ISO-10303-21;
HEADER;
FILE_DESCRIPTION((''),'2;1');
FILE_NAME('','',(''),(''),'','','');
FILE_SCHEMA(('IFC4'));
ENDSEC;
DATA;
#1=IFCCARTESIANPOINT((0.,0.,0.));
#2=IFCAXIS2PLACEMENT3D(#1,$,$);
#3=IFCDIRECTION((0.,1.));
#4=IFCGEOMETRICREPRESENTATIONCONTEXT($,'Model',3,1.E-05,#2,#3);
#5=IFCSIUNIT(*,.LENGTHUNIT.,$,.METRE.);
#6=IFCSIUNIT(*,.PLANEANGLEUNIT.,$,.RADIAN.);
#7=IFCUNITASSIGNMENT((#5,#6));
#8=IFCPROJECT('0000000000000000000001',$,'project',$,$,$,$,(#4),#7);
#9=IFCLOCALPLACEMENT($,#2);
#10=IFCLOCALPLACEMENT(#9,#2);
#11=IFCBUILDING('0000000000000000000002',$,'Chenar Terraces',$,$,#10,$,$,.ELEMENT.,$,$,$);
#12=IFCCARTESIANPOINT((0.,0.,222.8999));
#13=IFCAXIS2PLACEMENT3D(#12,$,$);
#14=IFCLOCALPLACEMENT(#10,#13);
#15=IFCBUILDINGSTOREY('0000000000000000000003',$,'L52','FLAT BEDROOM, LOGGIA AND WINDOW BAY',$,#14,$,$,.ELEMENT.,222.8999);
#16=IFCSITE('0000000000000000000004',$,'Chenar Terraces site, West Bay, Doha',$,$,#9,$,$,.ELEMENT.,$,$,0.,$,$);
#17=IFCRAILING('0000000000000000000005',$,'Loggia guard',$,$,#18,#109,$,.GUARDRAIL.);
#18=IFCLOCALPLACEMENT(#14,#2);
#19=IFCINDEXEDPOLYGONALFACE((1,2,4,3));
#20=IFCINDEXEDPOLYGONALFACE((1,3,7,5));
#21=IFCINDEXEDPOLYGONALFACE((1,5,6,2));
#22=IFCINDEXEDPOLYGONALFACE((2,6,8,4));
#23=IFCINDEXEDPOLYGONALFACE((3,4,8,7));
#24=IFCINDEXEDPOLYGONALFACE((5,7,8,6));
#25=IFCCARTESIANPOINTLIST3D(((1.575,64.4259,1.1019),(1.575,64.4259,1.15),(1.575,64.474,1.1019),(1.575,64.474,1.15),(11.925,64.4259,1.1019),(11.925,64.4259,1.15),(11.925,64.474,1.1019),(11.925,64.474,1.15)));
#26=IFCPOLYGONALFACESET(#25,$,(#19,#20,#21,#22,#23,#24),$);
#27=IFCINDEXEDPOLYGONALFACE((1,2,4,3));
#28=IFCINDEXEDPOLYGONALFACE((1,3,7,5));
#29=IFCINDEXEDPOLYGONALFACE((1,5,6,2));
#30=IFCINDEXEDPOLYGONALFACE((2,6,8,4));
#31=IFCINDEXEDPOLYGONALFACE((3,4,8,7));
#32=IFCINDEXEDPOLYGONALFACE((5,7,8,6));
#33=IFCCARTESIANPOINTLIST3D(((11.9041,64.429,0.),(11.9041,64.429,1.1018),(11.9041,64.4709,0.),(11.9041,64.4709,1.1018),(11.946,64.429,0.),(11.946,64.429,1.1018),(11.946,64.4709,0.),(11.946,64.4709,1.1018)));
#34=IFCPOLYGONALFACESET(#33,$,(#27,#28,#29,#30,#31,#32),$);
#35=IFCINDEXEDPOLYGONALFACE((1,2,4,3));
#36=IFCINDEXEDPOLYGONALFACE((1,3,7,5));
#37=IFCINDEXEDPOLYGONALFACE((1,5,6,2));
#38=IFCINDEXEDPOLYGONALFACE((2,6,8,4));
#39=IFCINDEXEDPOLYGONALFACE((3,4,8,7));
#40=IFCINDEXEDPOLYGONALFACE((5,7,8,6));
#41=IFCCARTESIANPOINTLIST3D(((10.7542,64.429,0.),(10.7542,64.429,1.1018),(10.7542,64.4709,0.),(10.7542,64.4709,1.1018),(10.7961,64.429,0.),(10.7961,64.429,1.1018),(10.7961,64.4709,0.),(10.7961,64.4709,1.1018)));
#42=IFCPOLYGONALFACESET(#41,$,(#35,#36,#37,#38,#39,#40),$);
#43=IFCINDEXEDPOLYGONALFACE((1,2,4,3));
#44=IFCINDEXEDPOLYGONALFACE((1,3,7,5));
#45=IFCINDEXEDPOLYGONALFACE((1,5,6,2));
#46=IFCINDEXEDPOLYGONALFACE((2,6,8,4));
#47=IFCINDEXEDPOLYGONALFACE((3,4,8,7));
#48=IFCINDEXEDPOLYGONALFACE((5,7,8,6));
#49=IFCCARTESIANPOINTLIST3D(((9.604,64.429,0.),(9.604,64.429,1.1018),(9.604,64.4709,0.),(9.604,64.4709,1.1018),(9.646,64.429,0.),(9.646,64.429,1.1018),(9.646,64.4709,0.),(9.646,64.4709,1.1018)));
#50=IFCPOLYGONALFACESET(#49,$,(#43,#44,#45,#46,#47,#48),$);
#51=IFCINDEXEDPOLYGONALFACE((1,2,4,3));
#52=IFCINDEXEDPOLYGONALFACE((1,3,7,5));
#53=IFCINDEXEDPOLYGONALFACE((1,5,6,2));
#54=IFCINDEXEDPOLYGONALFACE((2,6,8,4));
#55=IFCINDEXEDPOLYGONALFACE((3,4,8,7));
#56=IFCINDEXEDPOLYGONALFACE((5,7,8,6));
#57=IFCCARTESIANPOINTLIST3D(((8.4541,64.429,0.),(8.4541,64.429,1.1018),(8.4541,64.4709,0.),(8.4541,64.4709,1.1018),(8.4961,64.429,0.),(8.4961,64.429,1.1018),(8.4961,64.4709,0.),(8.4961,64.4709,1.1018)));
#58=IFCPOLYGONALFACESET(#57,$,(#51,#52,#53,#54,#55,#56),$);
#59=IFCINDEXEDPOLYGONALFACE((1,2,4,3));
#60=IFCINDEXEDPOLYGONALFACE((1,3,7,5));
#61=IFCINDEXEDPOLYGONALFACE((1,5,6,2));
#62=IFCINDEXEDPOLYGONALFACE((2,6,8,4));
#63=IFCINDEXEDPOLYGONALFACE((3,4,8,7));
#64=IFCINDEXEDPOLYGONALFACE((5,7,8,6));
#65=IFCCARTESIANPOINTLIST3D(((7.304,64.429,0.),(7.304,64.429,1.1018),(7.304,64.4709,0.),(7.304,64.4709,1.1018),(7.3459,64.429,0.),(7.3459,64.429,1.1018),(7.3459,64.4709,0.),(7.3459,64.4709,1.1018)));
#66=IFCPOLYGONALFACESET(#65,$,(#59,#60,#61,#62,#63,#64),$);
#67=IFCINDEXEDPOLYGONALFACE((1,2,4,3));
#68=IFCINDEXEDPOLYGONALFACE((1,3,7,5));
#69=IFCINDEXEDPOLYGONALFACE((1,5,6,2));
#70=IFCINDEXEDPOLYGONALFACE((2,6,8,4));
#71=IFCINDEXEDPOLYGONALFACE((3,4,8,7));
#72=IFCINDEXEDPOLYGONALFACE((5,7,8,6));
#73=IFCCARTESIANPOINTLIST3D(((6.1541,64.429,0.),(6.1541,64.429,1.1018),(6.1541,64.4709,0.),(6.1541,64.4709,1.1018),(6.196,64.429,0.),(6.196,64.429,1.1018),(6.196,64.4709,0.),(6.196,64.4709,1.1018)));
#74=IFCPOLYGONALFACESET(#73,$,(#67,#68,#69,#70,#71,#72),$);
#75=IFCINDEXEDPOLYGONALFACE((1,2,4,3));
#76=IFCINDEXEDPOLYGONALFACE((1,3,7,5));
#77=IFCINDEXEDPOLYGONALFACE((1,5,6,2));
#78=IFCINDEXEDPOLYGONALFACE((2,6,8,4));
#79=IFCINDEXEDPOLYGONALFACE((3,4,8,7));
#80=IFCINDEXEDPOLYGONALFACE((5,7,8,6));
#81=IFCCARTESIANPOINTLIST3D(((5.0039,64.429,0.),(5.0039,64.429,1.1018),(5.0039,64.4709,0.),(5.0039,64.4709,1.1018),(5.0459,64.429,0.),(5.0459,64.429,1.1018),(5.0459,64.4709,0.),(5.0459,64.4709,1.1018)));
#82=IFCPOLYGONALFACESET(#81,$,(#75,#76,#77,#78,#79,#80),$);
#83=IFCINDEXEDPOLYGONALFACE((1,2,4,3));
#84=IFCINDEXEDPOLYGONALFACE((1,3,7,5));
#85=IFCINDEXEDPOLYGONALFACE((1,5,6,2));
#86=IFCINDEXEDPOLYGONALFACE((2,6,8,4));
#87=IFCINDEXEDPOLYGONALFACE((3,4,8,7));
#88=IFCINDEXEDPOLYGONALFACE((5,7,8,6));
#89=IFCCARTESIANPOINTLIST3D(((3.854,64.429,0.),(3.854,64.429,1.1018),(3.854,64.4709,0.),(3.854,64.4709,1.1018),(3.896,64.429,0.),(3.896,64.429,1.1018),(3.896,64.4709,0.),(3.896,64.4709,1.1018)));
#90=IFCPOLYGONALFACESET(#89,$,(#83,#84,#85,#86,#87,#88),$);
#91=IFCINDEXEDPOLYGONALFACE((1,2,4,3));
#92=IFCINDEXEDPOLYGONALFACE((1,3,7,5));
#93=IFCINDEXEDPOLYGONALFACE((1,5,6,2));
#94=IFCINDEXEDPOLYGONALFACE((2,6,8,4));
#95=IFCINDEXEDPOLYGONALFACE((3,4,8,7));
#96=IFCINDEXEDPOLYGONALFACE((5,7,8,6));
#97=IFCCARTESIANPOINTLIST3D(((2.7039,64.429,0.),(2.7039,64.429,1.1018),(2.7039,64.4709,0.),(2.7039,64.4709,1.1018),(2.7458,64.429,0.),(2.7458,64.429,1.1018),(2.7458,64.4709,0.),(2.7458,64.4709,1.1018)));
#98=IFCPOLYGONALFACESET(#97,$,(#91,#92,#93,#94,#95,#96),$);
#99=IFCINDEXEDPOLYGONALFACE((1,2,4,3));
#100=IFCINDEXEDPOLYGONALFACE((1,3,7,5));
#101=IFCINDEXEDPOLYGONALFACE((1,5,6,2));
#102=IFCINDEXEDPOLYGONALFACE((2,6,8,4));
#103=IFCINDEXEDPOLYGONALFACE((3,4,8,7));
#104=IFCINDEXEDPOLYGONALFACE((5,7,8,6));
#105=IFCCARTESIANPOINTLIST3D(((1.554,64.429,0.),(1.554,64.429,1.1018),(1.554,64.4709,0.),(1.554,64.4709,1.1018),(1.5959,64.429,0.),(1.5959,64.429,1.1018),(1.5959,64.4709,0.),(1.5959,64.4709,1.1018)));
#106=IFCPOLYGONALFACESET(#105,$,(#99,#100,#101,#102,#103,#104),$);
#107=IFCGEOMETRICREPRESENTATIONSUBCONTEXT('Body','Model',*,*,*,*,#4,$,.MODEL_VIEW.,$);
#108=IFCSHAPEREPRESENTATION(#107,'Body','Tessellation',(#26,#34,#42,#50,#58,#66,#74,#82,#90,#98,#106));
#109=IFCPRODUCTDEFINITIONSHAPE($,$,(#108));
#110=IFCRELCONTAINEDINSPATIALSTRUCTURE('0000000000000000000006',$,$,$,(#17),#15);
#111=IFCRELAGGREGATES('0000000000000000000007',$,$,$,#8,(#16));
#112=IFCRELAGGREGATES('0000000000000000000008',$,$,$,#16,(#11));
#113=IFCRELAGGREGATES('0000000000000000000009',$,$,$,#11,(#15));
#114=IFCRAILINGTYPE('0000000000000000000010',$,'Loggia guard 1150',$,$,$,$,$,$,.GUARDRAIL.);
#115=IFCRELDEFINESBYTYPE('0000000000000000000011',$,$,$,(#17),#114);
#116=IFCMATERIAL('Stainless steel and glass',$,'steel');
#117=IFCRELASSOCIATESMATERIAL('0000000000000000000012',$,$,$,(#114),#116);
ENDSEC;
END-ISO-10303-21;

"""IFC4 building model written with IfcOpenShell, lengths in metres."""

from ifc_helpers import new_model, si_unit, direction, frame, origin, origin_2d, place, context, subcontext, project, spatial, rectangle, extrude, material, type_object, element, save


model = new_model("IFC4")

# Units and contexts
model_context = context("Model", 3, precision=1e-05, world=origin(), true_north=direction((0.0, 1.0)))
body_context = subcontext(model_context, "Body", "Model", "MODEL_VIEW")
ifc_project = project(units=[si_unit("LENGTHUNIT", "METRE"), si_unit("PLANEANGLEUNIT", "RADIAN")], contexts=[model_context])

# Site, building, storey
site_placement = place(None, origin())
site = spatial("IfcSite", under=ifc_project, at=site_placement, Name="Chenar Terraces site, West Bay, Doha", CompositionType="ELEMENT", RefElevation=0.0)
building_placement = place(site_placement, origin())
building = spatial("IfcBuilding", under=site, at=building_placement, Name="Chenar Terraces", CompositionType="ELEMENT")
storey_placement = place(building_placement, frame((0.0, 0.0, 222.8999)))
storey = spatial("IfcBuildingStorey", under=building, at=storey_placement, Name="L52", Description="FLAT BEDROOM, LOGGIA AND WINDOW BAY", CompositionType="ELEMENT", Elevation=222.8999)

# Railing
ifc_material_1 = material(Name="Stainless steel and glass", Category="steel")
railing_type_1 = type_object("IfcRailingType", Name="Loggia guard 1150", PredefinedType="GUARDRAIL", material=ifc_material_1)
railing_1_placement = place(storey_placement, frame((11.925, 64.45, 0.0)))
element("IfcRailing", 1, at=railing_1_placement, inside=storey, type_object=railing_type_1, Name="Loggia guard", PredefinedType="GUARDRAIL", context=body_context, shape_type="SweptSolid", body=[
    extrude(rectangle(XDim=0.0481, YDim=0.0481, at=origin_2d()), frame((0.0, 0.0, 1.126), z_axis=(-1.0, 0.0, 0.0), x_axis=(0.0, -1.0, 0.0)), (0.0, 0.0, 1.0), 10.3501),
    extrude(rectangle(XDim=0.042, YDim=0.042, at=origin_2d()), origin(), (0.0, 0.0, 1.0), 1.1018),
    extrude(rectangle(XDim=0.042, YDim=0.042, at=origin_2d()), frame((-1.1499, 0.0, 0.0)), (0.0, 0.0, 1.0), 1.1018),
    extrude(rectangle(XDim=0.042, YDim=0.042, at=origin_2d()), frame((-2.3, 0.0, 0.0)), (0.0, 0.0, 1.0), 1.1018),
    extrude(rectangle(XDim=0.042, YDim=0.042, at=origin_2d()), frame((-3.45, 0.0, 0.0)), (0.0, 0.0, 1.0), 1.1018),
    extrude(rectangle(XDim=0.042, YDim=0.042, at=origin_2d()), frame((-4.6001, 0.0, 0.0)), (0.0, 0.0, 1.0), 1.1018),
    extrude(rectangle(XDim=0.042, YDim=0.042, at=origin_2d()), frame((-5.75, 0.0, 0.0)), (0.0, 0.0, 1.0), 1.1018),
    extrude(rectangle(XDim=0.042, YDim=0.042, at=origin_2d()), frame((-6.9001, 0.0, 0.0)), (0.0, 0.0, 1.0), 1.1018),
    extrude(rectangle(XDim=0.042, YDim=0.042, at=origin_2d()), frame((-8.05, 0.0, 0.0)), (0.0, 0.0, 1.0), 1.1018),
    extrude(rectangle(XDim=0.042, YDim=0.042, at=origin_2d()), frame((-9.2002, 0.0, 0.0)), (0.0, 0.0, 1.0), 1.1018),
    extrude(rectangle(XDim=0.042, YDim=0.042, at=origin_2d()), frame((-10.3501, 0.0, 0.0)), (0.0, 0.0, 1.0), 1.1018),
])

save(model, "model.ifc")
